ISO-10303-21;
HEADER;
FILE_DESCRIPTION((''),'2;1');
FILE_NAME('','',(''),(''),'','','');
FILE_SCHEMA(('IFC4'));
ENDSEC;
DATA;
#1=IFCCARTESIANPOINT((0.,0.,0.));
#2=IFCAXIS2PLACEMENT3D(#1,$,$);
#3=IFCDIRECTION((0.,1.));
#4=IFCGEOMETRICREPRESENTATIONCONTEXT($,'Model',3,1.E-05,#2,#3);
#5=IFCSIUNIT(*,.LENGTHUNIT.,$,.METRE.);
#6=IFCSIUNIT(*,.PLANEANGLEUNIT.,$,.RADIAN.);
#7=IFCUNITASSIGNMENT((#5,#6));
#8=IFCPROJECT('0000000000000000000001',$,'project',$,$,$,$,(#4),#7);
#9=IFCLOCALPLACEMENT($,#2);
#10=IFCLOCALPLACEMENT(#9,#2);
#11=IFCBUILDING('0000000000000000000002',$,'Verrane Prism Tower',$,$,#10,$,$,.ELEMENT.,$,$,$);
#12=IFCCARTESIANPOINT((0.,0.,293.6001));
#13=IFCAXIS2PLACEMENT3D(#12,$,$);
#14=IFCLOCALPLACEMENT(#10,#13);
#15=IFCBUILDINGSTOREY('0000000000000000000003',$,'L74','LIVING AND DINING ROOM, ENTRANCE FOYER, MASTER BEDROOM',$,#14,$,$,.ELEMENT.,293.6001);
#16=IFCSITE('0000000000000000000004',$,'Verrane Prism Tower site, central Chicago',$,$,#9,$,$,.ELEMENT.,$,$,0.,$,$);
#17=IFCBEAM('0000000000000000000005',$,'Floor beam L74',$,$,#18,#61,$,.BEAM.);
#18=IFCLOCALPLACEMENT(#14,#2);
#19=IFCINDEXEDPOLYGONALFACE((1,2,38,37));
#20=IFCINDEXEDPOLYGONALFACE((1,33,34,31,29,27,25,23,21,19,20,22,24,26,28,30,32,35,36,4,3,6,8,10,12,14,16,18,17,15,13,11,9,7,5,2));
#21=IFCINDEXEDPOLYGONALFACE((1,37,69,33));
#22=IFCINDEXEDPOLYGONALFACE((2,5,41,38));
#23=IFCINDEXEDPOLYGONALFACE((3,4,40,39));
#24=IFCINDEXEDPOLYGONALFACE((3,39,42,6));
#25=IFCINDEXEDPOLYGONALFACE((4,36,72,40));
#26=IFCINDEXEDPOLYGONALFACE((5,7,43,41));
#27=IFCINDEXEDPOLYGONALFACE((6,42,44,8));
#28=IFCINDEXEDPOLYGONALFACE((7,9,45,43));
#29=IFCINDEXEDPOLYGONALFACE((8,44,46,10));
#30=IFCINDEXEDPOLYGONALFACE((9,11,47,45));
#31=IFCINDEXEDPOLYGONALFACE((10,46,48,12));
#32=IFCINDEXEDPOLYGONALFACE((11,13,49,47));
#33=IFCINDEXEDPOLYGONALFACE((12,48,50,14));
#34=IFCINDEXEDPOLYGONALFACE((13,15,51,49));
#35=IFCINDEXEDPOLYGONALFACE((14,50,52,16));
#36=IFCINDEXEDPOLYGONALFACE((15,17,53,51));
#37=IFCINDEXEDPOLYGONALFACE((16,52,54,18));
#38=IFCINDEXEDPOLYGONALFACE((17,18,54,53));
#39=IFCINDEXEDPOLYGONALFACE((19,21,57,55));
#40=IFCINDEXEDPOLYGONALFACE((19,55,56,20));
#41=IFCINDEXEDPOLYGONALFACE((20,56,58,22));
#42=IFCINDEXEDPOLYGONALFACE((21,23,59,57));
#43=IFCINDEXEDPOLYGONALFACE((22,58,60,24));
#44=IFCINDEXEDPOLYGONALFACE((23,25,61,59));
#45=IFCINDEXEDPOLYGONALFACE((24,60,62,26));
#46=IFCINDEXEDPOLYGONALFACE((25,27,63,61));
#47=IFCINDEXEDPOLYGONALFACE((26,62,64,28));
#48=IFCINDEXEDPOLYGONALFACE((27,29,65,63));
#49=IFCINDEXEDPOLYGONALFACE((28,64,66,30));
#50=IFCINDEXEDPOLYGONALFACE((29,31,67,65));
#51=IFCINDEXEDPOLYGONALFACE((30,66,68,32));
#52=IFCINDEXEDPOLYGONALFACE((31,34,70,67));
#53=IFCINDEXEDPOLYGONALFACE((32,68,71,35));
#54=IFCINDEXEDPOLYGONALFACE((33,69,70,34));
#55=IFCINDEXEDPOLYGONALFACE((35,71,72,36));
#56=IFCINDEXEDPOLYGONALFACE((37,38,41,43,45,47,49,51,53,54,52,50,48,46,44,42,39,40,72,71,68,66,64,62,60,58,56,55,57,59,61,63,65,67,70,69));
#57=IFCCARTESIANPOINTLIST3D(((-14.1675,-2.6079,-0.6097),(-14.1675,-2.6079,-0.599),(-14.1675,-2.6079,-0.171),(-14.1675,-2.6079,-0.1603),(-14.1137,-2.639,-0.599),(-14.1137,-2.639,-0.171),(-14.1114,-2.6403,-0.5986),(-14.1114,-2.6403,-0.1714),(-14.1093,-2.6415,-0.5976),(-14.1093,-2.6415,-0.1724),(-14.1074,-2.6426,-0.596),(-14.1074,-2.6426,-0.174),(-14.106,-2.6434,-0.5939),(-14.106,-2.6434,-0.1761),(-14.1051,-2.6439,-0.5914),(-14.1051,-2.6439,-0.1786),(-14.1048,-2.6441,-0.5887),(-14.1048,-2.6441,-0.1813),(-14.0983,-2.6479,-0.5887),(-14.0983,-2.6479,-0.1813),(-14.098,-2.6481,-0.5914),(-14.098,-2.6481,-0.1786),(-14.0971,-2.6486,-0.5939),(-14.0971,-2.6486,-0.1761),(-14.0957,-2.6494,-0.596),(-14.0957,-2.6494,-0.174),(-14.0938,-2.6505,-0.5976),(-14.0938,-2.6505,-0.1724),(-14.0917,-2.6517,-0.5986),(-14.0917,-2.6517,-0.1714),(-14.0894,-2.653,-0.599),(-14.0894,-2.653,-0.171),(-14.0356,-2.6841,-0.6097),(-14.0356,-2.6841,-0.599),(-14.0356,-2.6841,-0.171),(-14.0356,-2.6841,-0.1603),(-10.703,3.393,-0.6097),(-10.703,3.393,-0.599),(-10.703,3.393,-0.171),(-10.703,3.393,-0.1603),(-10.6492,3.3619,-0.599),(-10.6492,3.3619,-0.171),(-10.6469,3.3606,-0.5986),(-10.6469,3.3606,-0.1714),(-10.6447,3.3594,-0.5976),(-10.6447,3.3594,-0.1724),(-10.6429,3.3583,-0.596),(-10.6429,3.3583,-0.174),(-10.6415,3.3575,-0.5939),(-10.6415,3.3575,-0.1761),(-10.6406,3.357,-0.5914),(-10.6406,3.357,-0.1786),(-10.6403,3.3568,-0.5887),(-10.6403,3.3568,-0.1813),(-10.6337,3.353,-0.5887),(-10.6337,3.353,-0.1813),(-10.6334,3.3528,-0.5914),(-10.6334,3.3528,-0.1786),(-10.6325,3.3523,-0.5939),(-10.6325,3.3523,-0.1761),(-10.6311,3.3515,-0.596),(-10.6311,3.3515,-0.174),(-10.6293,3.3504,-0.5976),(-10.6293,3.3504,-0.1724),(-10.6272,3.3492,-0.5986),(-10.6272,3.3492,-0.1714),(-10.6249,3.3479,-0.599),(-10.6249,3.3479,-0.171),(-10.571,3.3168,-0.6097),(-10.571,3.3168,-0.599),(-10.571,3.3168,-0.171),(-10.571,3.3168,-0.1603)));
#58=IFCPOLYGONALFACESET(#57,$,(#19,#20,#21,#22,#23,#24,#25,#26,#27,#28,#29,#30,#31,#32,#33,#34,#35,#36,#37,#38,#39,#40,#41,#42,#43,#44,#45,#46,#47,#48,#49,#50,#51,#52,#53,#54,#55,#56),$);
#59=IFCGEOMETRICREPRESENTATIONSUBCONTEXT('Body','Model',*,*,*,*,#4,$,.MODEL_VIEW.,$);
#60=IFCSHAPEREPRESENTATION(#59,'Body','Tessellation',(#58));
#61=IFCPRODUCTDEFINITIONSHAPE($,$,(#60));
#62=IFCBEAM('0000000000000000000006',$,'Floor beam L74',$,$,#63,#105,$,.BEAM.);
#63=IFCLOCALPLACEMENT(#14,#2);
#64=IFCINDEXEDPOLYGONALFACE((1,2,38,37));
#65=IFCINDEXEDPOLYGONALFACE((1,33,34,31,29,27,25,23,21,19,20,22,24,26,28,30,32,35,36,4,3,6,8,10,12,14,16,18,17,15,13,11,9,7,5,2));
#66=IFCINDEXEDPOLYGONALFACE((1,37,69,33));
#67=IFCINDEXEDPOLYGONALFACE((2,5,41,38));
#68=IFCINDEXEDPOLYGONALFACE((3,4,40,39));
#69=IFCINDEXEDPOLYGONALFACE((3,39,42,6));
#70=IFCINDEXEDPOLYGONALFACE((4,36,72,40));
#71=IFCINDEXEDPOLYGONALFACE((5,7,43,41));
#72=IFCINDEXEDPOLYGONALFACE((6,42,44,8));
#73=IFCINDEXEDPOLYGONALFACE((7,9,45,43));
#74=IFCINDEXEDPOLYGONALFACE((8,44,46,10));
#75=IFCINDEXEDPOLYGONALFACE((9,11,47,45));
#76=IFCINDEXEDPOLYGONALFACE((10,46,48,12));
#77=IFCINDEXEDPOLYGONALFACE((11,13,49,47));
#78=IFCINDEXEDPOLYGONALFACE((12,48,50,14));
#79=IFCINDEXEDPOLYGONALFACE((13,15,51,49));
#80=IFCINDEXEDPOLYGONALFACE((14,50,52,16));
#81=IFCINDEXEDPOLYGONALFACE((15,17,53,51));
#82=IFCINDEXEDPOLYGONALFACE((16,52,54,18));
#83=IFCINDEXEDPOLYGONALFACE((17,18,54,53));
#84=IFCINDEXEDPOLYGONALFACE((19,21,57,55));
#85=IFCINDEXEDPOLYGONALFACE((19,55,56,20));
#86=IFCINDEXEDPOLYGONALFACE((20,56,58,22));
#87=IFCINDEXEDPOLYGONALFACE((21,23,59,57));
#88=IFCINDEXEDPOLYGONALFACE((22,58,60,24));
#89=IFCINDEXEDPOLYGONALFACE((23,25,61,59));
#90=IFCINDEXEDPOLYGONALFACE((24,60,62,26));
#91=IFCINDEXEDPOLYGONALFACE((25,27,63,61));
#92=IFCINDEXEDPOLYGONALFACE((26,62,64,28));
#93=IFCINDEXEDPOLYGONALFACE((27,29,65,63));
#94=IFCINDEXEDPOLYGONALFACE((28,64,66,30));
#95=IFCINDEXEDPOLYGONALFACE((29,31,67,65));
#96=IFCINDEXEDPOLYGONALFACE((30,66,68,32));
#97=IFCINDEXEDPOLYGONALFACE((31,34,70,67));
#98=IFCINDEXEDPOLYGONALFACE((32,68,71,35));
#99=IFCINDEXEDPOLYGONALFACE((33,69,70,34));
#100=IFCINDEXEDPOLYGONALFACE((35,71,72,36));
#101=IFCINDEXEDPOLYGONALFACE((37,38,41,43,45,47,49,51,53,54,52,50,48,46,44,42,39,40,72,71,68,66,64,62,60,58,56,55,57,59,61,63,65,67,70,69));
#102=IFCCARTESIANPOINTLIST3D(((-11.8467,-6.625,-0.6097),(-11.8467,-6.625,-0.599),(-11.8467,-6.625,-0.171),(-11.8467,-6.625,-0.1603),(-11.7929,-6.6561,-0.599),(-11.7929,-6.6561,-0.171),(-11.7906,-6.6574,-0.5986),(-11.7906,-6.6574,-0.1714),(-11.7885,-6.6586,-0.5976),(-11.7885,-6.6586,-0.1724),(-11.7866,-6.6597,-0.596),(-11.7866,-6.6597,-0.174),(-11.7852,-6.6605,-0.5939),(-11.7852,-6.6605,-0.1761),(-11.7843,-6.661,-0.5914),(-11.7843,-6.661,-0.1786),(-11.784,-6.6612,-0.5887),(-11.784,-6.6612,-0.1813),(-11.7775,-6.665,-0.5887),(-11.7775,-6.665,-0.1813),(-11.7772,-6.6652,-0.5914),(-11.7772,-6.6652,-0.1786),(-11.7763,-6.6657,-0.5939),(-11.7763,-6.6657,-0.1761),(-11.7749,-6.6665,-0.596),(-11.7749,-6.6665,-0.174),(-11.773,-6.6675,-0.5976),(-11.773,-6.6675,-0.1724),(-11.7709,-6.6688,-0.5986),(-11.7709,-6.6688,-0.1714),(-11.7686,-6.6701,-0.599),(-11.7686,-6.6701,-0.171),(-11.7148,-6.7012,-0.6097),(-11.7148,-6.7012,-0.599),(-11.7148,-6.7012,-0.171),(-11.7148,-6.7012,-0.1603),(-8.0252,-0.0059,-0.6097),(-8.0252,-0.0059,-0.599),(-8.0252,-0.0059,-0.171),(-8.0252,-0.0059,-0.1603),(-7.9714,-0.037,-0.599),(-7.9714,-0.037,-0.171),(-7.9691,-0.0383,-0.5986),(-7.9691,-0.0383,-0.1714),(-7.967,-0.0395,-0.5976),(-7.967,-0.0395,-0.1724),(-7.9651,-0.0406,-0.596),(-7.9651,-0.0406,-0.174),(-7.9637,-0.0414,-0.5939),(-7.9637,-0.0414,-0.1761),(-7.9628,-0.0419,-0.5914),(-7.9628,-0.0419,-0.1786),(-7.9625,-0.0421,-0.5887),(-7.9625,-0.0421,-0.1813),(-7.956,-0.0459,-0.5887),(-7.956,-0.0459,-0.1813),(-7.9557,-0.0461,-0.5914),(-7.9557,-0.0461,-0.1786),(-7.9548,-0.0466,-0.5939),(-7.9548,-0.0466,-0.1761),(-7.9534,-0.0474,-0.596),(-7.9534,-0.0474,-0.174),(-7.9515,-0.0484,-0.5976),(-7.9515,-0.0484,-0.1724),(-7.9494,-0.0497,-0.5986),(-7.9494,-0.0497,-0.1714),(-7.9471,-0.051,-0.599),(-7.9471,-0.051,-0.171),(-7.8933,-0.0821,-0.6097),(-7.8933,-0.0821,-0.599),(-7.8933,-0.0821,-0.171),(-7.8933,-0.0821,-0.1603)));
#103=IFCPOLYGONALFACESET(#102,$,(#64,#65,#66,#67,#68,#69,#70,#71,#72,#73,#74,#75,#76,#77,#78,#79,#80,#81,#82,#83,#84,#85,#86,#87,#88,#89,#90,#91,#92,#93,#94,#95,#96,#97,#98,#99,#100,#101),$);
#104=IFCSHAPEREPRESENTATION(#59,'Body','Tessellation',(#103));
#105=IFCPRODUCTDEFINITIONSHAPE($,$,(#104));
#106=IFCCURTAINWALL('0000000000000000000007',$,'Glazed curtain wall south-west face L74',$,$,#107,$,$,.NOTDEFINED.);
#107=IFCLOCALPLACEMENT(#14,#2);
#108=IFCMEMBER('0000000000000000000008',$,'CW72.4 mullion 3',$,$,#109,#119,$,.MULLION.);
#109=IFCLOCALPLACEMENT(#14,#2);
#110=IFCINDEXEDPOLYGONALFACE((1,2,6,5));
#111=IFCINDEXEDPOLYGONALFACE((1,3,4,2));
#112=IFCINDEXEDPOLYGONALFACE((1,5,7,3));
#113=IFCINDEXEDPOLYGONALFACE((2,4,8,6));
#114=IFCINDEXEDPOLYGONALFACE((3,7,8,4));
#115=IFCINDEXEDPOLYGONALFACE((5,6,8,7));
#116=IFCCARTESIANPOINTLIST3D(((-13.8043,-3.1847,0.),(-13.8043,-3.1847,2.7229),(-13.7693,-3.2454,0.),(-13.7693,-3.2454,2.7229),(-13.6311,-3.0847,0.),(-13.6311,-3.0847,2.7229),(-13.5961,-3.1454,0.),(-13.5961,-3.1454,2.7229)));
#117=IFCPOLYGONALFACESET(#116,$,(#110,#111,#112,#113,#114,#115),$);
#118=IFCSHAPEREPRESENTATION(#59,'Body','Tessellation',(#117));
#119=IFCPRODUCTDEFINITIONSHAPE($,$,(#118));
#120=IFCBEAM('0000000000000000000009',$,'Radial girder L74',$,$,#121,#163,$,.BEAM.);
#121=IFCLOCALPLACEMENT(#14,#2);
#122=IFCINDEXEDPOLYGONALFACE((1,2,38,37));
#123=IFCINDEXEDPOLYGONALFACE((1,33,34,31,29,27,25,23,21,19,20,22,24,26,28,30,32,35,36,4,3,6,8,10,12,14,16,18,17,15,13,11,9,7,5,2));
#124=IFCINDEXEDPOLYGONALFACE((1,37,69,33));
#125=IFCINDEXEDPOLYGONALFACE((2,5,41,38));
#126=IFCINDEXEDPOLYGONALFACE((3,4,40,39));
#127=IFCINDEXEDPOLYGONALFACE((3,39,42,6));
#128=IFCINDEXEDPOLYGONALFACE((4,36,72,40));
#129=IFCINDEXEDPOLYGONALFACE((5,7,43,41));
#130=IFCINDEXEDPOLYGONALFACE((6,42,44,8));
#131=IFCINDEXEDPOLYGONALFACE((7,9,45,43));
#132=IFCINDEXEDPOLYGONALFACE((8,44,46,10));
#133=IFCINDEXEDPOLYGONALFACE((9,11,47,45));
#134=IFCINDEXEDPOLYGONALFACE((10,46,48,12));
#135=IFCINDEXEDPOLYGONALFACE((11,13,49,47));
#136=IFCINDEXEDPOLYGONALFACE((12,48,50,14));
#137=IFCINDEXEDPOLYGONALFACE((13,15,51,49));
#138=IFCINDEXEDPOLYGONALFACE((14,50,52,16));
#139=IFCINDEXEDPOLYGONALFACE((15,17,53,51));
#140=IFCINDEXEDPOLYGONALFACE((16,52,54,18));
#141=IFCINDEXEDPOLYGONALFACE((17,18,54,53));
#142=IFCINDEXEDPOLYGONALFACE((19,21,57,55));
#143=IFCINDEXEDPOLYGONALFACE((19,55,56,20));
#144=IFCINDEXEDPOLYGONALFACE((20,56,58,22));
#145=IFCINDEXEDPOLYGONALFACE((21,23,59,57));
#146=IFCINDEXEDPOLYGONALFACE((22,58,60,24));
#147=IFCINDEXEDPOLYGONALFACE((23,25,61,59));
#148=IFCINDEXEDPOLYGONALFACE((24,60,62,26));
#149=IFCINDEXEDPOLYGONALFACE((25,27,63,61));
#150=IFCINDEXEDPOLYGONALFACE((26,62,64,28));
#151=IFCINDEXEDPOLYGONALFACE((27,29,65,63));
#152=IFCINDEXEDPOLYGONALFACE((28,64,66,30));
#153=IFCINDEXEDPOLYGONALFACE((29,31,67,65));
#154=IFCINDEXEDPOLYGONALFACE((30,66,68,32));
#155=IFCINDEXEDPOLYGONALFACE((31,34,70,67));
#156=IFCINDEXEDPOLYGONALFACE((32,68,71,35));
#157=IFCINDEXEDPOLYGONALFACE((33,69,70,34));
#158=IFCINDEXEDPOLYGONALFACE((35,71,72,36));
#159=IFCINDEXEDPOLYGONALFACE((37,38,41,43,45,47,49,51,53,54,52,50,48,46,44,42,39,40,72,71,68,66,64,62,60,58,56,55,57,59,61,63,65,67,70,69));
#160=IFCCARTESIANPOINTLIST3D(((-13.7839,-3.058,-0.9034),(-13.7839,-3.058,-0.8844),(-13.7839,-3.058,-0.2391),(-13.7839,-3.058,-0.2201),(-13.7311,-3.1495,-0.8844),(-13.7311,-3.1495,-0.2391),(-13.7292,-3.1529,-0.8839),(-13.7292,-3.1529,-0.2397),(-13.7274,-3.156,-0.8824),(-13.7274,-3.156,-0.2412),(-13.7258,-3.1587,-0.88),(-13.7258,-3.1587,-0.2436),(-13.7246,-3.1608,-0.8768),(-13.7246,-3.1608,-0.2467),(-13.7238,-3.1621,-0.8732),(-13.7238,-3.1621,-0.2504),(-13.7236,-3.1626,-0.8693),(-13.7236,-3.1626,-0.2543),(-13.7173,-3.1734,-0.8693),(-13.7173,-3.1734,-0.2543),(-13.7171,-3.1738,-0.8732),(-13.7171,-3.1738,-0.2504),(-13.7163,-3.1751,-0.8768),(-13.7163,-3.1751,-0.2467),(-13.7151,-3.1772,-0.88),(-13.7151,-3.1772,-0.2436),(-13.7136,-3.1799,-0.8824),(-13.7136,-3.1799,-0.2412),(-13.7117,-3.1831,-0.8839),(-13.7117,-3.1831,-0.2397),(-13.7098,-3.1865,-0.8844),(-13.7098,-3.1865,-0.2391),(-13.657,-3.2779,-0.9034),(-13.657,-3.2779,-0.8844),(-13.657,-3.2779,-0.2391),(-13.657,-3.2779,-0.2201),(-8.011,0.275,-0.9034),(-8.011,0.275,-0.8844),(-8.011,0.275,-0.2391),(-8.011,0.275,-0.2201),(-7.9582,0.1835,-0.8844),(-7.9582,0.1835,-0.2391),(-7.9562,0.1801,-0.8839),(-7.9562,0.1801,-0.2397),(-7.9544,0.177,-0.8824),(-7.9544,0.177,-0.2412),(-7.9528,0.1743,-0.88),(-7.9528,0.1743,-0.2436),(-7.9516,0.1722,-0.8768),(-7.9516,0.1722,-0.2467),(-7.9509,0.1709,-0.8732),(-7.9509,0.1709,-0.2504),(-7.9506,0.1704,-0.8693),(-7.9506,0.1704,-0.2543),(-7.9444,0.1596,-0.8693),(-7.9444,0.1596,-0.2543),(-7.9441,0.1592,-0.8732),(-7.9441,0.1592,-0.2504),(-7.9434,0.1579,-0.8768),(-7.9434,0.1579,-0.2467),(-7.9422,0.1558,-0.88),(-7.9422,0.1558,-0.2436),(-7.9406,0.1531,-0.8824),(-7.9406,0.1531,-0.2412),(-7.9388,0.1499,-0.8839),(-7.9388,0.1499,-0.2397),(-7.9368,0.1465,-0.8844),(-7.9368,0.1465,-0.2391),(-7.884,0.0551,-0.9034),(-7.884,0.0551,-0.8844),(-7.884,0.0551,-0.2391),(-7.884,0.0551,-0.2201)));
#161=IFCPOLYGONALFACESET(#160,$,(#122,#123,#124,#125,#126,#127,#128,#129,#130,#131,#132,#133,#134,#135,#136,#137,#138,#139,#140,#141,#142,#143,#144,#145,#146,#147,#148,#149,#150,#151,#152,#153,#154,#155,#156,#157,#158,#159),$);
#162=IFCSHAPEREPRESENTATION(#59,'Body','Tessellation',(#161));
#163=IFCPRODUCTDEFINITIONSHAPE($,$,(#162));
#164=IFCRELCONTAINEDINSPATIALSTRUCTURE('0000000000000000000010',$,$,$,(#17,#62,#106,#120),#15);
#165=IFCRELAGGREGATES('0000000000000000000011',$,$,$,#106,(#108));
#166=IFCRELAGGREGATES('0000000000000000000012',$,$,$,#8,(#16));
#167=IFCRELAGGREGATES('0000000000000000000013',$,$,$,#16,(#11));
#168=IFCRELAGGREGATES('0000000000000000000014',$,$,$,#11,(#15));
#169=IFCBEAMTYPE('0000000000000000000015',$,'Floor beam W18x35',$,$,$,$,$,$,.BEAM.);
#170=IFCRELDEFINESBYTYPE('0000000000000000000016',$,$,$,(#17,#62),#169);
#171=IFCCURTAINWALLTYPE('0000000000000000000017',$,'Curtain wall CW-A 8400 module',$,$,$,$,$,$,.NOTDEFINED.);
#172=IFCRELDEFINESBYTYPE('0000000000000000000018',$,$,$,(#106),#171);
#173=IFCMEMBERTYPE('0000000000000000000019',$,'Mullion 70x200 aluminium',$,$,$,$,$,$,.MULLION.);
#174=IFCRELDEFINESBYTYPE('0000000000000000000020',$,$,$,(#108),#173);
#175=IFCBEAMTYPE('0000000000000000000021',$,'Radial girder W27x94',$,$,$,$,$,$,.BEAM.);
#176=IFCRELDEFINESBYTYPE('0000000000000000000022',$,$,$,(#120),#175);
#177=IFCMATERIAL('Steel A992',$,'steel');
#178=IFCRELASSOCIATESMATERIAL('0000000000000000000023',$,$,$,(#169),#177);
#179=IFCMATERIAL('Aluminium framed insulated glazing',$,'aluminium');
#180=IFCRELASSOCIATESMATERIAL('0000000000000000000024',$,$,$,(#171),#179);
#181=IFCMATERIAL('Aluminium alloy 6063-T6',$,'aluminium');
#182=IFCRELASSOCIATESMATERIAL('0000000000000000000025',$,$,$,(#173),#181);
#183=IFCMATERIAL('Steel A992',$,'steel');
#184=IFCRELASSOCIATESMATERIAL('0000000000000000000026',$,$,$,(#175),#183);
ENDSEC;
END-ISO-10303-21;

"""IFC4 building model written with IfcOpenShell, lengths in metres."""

from ifc_helpers import new_model, si_unit, direction, frame, origin, origin_2d, place, context, subcontext, project, spatial, rectangle, i_section, extrude, material, material_profile, profile_set, type_object, element, aggregate, save


model = new_model("IFC4")

# Units and contexts
model_context = context("Model", 3, precision=1e-05, world=origin(), true_north=direction((0.0, 1.0)))
body_context = subcontext(model_context, "Body", "Model", "MODEL_VIEW")
ifc_project = project(units=[si_unit("LENGTHUNIT", "METRE"), si_unit("PLANEANGLEUNIT", "RADIAN")], contexts=[model_context])

# Site, building, storey
site_placement = place(None, origin())
site = spatial("IfcSite", under=ifc_project, at=site_placement, Name="Verrane Prism Tower site, central Chicago", CompositionType="ELEMENT", RefElevation=0.0)
building_placement = place(site_placement, origin())
building = spatial("IfcBuilding", under=site, at=building_placement, Name="Verrane Prism Tower", CompositionType="ELEMENT")
storey_placement = place(building_placement, frame((0.0, 0.0, 293.6001)))
storey = spatial("IfcBuildingStorey", under=building, at=storey_placement, Name="L74", Description="LIVING AND DINING ROOM, ENTRANCE FOYER, MASTER BEDROOM", CompositionType="ELEMENT", Elevation=293.6001)

# Beams
ifc_material_1 = material(Name="Steel A992", Category="steel")
ifc_material_profile_1 = material_profile(ifc_material_1, i_section(OverallWidth=0.1523, OverallDepth=0.4495, WebThickness=0.0076, FlangeThickness=0.0107, FilletRadius=0.0103, at=origin_2d()), Name="W18x35")
ifc_profile_set_1 = profile_set([ifc_material_profile_1], Name="Steel A992")
beam_type_1 = type_object("IfcBeamType", Name="Floor beam W18x35", PredefinedType="BEAM", material=ifc_profile_set_1)
beam_1_placement = place(storey_placement, frame((-14.1016, -2.646, -0.385), z_axis=(0.499993, 0.86603, 0.0), x_axis=(-0.86603, 0.499993, 0.0)))
element("IfcBeam", 1, at=beam_1_placement, inside=storey, type_object=beam_type_1, Name="Floor beam L74", PredefinedType="BEAM", context=body_context, shape_type="SweptSolid", body=[
    extrude(i_section(OverallWidth=0.1523, OverallDepth=0.4495, WebThickness=0.0076, FlangeThickness=0.0107, FilletRadius=0.0103, at=origin_2d()), origin(), (0.0, 0.0, 1.0), 6.9292),
])
beam_2_placement = place(storey_placement, frame((-11.7808, -6.6631, -0.385), z_axis=(0.499997, 0.866027, 0.0), x_axis=(-0.866027, 0.499997, 0.0)))
element("IfcBeam", 2, at=beam_2_placement, inside=storey, type_object=beam_type_1, Name="Floor beam L74", PredefinedType="BEAM", context=body_context, shape_type="SweptSolid", body=[
    extrude(i_section(OverallWidth=0.1523, OverallDepth=0.4495, WebThickness=0.0076, FlangeThickness=0.0107, FilletRadius=0.0103, at=origin_2d()), origin(), (0.0, 0.0, 1.0), 7.6431),
])

# Curtain wall, member
ifc_material_2 = material(Name="Aluminium framed insulated glazing", Category="aluminium")
curtain_wall_type = type_object("IfcCurtainWallType", Name="Curtain wall CW-A 8400 module", PredefinedType="NOTDEFINED", material=ifc_material_2)
curtain_wall_placement = place(storey_placement, origin())
curtain_wall = element("IfcCurtainWall", 3, at=curtain_wall_placement, inside=storey, type_object=curtain_wall_type, Name="Glazed curtain wall south-west face L74", PredefinedType="NOTDEFINED")
ifc_material_3 = material(Name="Aluminium alloy 6063-T6", Category="aluminium")
ifc_material_profile_2 = material_profile(ifc_material_3, rectangle(XDim=0.2, YDim=0.0701, at=origin_2d()), Name="Mullion 70x200 aluminium")
ifc_profile_set_2 = profile_set([ifc_material_profile_2], Name="Aluminium alloy 6063-T6")
member_type_1 = type_object("IfcMemberType", Name="Mullion 70x200 aluminium", PredefinedType="MULLION", material=ifc_profile_set_2)
member_1_placement = place(storey_placement, frame((-13.7002, -3.165, 0.0), z_axis=(0.0, 0.0, 1.0), x_axis=(0.866025, 0.500001, 0.0)))
member_1 = element("IfcMember", 4, at=member_1_placement, type_object=member_type_1, Name="CW72.4 mullion 3", PredefinedType="MULLION", context=body_context, shape_type="SweptSolid", body=[
    extrude(rectangle(XDim=0.2, YDim=0.0701, at=origin_2d()), origin(), (0.0, 0.0, 1.0), 2.7229),
])

# Beam
ifc_material_4 = material(Name="Steel A992", Category="steel")
ifc_material_profile_3 = material_profile(ifc_material_4, i_section(OverallWidth=0.2539, OverallDepth=0.6833, WebThickness=0.0125, FlangeThickness=0.019, FilletRadius=0.0151, at=origin_2d()), Name="W27x94")
ifc_profile_set_3 = profile_set([ifc_material_profile_3], Name="Steel A992")
beam_type_2 = type_object("IfcBeamType", Name="Radial girder W27x94", PredefinedType="BEAM", material=ifc_profile_set_3)
beam_3_placement = place(storey_placement, frame((-13.7205, -3.168, -0.5618), z_axis=(0.866026, 0.499999, 0.0), x_axis=(-0.499999, 0.866026, 0.0)))
element("IfcBeam", 5, at=beam_3_placement, inside=storey, type_object=beam_type_2, Name="Radial girder L74", PredefinedType="BEAM", context=body_context, shape_type="SweptSolid", body=[
    extrude(i_section(OverallWidth=0.2539, OverallDepth=0.6833, WebThickness=0.0125, FlangeThickness=0.019, FilletRadius=0.0151, at=origin_2d()), origin(), (0.0, 0.0, 1.0), 6.666),
])

aggregate(curtain_wall, [member_1])

save(model, "model.ifc")
